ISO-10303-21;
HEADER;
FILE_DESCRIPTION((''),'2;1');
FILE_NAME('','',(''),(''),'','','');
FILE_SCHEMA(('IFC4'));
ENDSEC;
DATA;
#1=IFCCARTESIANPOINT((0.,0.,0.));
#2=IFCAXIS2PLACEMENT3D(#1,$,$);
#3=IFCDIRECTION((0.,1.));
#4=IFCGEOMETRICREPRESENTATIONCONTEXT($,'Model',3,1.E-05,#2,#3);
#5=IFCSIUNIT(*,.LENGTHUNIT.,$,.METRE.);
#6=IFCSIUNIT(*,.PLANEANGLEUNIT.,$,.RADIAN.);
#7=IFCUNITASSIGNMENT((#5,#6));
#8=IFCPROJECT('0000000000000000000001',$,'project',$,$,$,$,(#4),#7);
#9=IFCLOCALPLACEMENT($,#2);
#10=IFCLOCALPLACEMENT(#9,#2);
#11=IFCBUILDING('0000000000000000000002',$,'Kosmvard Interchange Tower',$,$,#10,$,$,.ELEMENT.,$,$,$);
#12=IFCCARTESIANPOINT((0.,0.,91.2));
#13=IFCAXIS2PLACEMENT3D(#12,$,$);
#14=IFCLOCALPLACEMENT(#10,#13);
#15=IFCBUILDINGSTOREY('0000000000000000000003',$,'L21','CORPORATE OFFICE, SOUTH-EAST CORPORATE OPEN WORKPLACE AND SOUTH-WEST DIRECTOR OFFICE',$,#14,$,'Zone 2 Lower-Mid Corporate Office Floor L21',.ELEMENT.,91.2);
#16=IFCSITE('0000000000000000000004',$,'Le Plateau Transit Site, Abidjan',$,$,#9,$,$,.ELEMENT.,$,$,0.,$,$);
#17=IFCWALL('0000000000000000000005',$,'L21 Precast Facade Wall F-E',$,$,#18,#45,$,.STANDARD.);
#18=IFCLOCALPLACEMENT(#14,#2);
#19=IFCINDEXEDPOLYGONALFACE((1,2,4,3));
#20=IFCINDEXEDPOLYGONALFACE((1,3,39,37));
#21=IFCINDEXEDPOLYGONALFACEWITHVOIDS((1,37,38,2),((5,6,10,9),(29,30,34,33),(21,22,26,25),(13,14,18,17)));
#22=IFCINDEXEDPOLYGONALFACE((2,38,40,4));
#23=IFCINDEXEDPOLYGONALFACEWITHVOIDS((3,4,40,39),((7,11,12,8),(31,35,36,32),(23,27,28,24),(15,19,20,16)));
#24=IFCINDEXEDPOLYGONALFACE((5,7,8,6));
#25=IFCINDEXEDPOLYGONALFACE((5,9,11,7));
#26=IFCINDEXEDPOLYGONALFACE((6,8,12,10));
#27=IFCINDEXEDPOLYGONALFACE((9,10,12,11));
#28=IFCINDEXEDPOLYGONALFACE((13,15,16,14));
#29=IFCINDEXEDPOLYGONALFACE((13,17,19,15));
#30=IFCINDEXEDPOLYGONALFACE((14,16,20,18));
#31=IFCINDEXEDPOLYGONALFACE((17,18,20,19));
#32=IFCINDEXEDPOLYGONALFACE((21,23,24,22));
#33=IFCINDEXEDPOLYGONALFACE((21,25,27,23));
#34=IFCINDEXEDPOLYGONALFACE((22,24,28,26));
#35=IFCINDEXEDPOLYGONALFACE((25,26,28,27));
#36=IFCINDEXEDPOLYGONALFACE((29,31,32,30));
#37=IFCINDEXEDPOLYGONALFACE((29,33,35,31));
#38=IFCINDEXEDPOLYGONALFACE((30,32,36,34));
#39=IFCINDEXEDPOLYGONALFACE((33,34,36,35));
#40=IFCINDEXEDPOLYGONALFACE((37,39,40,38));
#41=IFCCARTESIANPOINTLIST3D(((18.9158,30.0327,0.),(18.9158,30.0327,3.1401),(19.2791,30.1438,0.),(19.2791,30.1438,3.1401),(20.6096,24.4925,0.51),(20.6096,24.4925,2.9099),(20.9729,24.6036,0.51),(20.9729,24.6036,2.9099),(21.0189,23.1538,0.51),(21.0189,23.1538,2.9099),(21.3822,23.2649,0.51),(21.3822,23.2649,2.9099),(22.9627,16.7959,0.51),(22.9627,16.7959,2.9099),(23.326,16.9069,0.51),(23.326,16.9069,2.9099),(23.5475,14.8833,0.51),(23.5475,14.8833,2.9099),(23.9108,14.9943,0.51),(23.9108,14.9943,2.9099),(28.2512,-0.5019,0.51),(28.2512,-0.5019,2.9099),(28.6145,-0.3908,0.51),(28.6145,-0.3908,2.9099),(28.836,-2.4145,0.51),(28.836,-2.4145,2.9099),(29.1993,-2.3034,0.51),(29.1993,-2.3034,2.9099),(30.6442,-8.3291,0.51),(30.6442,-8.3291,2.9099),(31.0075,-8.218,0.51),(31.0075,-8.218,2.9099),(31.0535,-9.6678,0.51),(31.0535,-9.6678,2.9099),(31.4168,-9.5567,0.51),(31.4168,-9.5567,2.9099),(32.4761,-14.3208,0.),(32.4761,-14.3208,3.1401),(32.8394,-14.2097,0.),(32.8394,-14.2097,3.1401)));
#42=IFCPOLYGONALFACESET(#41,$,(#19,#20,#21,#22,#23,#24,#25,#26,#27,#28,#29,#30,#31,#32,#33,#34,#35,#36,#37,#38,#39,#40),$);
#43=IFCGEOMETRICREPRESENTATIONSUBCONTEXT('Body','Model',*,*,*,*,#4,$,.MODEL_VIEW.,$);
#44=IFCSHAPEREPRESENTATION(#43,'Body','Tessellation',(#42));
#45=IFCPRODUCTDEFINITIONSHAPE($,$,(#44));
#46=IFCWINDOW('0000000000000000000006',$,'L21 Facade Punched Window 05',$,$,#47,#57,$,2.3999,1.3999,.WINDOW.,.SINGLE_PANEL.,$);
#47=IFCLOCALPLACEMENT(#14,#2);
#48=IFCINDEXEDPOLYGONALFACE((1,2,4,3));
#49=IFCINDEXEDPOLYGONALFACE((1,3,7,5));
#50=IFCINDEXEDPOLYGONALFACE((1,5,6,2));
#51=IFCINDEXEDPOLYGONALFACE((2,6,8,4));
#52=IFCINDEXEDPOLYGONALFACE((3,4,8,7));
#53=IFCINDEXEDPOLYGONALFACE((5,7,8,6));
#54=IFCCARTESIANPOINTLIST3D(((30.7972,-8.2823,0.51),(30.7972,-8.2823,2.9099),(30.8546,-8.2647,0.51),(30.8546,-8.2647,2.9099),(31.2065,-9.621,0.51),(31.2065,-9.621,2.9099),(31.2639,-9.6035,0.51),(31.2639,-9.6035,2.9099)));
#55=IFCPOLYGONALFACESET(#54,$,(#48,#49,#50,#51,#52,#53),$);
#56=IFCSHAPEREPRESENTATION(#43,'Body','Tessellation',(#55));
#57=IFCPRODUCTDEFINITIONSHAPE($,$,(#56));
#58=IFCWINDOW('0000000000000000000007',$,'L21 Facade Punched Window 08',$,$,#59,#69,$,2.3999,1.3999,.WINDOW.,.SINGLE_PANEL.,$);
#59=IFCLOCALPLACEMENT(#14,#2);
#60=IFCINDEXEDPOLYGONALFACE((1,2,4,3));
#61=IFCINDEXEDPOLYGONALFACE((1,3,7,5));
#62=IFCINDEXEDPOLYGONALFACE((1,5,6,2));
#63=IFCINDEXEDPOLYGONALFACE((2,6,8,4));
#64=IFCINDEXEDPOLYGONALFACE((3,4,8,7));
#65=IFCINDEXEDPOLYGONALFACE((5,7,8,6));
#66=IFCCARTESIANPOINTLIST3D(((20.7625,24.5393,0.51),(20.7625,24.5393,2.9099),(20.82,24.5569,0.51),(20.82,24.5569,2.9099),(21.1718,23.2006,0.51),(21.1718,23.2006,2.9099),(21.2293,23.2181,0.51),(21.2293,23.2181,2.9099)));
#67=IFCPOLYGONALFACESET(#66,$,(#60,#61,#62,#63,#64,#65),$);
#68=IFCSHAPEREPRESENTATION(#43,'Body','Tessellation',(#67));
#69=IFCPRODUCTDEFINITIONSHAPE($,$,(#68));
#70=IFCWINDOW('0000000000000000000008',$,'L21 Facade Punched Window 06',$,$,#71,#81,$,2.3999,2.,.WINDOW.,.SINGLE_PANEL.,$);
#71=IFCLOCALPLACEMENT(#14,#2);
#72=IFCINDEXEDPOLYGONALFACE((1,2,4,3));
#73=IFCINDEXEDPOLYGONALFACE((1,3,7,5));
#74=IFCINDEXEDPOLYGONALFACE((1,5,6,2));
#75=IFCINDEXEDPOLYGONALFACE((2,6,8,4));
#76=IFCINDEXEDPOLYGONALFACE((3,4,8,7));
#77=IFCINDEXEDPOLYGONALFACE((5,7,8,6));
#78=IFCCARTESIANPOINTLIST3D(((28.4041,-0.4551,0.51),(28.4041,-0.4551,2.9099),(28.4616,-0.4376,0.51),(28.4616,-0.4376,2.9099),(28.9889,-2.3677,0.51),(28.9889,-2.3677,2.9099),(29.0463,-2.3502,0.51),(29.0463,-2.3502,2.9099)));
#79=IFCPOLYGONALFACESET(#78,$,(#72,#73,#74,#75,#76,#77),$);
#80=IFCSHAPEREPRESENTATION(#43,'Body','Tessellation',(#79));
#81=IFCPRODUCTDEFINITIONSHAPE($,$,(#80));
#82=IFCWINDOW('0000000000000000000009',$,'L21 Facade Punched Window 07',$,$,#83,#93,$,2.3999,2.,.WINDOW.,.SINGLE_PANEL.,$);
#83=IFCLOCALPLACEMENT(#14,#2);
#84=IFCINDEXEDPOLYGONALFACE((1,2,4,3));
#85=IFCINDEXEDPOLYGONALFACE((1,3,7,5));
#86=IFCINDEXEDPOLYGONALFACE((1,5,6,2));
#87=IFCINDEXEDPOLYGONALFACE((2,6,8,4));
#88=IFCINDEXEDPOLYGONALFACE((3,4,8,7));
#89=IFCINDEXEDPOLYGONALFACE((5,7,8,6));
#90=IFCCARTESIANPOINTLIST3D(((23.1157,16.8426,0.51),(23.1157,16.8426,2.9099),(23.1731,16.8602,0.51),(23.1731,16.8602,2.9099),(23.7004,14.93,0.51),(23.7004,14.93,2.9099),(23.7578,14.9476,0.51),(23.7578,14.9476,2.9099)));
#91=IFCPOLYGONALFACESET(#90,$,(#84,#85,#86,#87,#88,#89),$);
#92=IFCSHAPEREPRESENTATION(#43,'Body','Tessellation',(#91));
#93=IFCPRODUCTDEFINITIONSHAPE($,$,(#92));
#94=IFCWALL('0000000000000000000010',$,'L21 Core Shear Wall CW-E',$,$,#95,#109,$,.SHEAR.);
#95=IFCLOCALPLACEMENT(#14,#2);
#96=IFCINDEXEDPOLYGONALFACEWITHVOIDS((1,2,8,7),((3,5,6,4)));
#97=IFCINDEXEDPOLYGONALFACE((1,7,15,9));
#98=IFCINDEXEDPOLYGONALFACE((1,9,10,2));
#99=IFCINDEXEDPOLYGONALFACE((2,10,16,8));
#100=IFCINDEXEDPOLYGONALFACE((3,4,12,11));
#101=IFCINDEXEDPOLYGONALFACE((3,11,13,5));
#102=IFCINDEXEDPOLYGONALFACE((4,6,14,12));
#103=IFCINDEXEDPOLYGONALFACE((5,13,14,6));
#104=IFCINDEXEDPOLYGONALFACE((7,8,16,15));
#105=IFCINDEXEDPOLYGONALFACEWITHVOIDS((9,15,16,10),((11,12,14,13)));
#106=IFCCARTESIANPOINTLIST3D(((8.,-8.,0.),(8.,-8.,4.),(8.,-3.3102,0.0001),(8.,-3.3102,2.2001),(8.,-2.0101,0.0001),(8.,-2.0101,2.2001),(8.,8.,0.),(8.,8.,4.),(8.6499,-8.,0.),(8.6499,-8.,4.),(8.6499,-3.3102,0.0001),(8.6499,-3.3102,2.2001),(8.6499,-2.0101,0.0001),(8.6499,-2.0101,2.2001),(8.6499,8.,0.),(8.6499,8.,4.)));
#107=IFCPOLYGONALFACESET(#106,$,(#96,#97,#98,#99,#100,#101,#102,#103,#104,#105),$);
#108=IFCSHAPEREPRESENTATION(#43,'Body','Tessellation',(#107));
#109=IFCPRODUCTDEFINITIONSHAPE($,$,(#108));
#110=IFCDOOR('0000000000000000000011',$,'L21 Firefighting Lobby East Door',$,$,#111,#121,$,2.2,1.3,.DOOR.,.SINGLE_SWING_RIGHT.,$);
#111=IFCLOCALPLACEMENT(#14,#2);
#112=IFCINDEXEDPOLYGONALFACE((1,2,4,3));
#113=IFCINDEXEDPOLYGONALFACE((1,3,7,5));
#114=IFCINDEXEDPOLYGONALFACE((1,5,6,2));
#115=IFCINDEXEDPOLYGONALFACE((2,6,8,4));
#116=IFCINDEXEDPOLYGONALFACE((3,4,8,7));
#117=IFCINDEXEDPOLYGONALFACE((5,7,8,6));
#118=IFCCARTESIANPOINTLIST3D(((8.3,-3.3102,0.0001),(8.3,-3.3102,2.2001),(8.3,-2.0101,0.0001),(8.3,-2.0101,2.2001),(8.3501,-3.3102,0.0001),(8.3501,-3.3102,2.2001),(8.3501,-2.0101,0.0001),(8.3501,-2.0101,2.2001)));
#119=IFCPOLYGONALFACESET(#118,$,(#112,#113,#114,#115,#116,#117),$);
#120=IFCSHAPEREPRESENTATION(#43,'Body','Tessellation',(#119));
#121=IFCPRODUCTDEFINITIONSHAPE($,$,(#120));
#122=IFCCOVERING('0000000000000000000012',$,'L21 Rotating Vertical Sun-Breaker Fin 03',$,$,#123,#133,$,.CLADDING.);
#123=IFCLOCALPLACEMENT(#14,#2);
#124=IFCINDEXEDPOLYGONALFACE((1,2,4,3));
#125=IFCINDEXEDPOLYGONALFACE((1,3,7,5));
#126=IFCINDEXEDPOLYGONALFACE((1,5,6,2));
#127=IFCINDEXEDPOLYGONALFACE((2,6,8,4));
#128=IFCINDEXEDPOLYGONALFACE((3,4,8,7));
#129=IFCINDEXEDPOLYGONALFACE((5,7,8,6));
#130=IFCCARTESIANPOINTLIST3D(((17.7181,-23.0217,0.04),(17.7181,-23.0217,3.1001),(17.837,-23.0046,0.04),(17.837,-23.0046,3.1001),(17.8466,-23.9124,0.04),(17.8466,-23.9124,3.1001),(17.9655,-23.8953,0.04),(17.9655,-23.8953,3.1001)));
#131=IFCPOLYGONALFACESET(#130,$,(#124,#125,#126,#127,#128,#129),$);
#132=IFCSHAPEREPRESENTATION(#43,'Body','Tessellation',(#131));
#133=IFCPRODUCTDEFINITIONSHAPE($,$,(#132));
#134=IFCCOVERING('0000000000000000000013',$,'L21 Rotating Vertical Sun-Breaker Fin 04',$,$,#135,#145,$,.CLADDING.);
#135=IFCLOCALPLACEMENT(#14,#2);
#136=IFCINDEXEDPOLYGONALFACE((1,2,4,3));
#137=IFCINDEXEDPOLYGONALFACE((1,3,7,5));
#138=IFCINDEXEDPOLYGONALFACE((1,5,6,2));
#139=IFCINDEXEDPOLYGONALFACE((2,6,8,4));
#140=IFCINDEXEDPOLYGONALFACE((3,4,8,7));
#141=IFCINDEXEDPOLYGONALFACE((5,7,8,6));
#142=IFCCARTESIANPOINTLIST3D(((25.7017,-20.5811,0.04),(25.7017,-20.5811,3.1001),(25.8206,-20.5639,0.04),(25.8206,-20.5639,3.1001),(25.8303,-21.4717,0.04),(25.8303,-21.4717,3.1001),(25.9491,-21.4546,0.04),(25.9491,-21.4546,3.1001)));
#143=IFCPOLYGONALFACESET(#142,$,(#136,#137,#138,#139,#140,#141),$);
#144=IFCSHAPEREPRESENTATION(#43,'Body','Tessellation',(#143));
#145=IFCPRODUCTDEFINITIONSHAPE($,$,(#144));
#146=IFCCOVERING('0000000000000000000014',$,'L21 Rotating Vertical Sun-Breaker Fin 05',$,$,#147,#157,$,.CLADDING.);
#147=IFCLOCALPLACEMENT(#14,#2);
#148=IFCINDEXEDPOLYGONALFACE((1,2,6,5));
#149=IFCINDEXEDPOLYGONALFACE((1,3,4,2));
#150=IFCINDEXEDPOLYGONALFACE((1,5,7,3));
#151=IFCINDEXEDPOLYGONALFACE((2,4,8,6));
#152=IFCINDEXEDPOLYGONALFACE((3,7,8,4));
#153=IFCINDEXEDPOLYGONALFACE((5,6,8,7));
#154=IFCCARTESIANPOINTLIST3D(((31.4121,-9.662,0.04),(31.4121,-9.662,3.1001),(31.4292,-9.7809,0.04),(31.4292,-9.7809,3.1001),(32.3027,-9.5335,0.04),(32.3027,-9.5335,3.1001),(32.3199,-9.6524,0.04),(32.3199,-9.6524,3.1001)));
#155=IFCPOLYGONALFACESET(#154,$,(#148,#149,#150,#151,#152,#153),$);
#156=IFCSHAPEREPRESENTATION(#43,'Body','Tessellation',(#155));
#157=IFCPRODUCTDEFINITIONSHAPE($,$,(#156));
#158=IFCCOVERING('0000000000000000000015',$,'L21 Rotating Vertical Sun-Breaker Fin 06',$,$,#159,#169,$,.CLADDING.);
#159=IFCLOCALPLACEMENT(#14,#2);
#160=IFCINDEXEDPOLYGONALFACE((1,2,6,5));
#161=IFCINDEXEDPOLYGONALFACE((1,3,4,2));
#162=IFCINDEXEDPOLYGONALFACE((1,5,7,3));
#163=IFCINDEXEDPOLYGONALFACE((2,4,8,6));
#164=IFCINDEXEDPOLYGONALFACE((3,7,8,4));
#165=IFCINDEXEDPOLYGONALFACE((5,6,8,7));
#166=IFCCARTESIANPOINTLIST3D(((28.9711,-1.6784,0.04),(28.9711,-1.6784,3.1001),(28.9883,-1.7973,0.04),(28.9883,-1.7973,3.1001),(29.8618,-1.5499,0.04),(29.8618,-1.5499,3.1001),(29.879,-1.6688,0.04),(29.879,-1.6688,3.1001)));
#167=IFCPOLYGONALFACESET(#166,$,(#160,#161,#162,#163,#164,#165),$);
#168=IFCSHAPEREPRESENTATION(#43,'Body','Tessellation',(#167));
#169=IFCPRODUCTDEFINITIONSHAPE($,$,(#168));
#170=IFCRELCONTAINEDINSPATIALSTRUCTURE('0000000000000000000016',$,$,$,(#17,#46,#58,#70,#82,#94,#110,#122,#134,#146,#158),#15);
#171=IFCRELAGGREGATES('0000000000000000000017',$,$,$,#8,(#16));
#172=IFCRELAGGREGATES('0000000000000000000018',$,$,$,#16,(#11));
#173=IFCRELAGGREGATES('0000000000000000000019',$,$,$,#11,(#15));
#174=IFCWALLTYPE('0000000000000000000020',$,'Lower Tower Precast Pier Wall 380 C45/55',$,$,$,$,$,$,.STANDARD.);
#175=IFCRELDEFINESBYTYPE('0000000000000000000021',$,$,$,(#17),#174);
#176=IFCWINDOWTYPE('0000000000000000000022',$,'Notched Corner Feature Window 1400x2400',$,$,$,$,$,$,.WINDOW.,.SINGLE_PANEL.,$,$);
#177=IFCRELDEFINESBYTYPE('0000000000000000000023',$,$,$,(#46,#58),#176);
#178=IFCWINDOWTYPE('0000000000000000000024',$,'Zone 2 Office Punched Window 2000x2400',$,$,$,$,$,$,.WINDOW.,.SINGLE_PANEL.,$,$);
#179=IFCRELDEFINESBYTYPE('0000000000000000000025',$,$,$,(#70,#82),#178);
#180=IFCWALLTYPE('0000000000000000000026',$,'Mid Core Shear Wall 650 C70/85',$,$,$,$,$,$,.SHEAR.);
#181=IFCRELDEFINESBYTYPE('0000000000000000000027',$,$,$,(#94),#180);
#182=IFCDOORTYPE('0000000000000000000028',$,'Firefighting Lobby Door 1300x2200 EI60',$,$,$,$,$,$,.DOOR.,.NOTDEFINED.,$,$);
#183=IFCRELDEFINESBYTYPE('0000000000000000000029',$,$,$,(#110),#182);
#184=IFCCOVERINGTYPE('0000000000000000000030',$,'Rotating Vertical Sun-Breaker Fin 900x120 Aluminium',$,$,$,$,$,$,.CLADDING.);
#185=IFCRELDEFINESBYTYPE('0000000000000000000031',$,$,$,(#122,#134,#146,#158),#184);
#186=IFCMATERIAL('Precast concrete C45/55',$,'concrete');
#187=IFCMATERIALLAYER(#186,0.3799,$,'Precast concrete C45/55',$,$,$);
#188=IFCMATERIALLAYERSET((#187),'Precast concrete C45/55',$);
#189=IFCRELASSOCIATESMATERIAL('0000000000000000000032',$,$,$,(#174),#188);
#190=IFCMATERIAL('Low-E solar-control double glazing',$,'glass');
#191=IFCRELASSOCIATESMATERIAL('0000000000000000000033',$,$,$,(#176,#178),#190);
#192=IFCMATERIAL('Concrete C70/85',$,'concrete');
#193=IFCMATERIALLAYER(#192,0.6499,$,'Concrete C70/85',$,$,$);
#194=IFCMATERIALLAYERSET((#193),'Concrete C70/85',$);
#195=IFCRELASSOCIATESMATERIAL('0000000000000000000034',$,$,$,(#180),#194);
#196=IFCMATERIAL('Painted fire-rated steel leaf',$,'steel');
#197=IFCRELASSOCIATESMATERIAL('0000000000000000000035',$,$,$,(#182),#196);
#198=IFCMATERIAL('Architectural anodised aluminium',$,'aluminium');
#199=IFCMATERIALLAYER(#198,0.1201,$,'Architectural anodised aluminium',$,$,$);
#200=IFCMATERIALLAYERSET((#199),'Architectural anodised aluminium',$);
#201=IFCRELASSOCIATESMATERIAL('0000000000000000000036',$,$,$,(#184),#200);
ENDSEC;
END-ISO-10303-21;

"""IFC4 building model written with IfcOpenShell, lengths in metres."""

from ifc_helpers import new_model, si_unit, direction, frame, frame_2d, origin, origin_2d, place, context, subcontext, project, spatial, rectangle, extrude, source, transform, mapped, material, layer, layer_set, type_object, element, fill, save


model = new_model("IFC4")

# Units and contexts
model_context = context("Model", 3, precision=1e-05, world=origin(), true_north=direction((0.0, 1.0)))
body_context = subcontext(model_context, "Body", "Model", "MODEL_VIEW")
ifc_project = project(units=[si_unit("LENGTHUNIT", "METRE"), si_unit("PLANEANGLEUNIT", "RADIAN")], contexts=[model_context])

# Site, building, storey
site_placement = place(None, origin())
site = spatial("IfcSite", under=ifc_project, at=site_placement, Name="Le Plateau Transit Site, Abidjan", CompositionType="ELEMENT", RefElevation=0.0)
building_placement = place(site_placement, origin())
building = spatial("IfcBuilding", under=site, at=building_placement, Name="Kosmvard Interchange Tower", CompositionType="ELEMENT")
storey_placement = place(building_placement, frame((0.0, 0.0, 91.2)))
storey = spatial("IfcBuildingStorey", under=building, at=storey_placement, Name="L21", Description="CORPORATE OFFICE, SOUTH-EAST CORPORATE OPEN WORKPLACE AND SOUTH-WEST DIRECTOR OFFICE", LongName="Zone 2 Lower-Mid Corporate Office Floor L21", CompositionType="ELEMENT", Elevation=91.2)

# Shared definitions
ifc_material_1 = material(Name="Concrete C70/85", Category="concrete")

# Shared definitions
ifc_material_2 = material(Name="Precast concrete C45/55", Category="concrete")

# Shared definitions
ifc_layer_1 = layer(ifc_material_2, 0.3799, Name="Precast concrete C45/55")
ifc_layer_set_1 = layer_set([ifc_layer_1], Name="Precast concrete C45/55")
wall_type_1 = type_object("IfcWallType", Name="Lower Tower Precast Pier Wall 380 C45/55", PredefinedType="STANDARD", material=ifc_layer_set_1)

# Shared definitions
ifc_material_3 = material(Name="Low-E solar-control double glazing", Category="glass")
window_type_1 = type_object("IfcWindowType", Name="Notched Corner Feature Window 1400x2400", PartitioningType="SINGLE_PANEL", PredefinedType="WINDOW", material=ifc_material_3)
shared_shape_1 = source(origin(), body_context, "Body", "SweptSolid", [
    extrude(rectangle(XDim=1.3999, YDim=2.3999, at=frame_2d((0.7, 1.2))), frame((0.0, 0.03, 0.0), z_axis=(0.0, -1.0, 0.0), x_axis=(1.0, 0.0, 0.0)), (0.0, 0.0, 1.0), 0.0601),
])

# Wall, openings, windows
wall_1_placement = place(storey_placement, frame((32.6577, -14.2651, 0.0), z_axis=(0.0, 0.0, 1.0), x_axis=(-0.292373, 0.956304, 0.0)))
wall_1 = element("IfcWall", 1, at=wall_1_placement, inside=storey, type_object=wall_type_1, Name="L21 Precast Facade Wall F-E", PredefinedType="STANDARD", context=body_context, shape_type="SweptSolid", body=[
    extrude(rectangle(XDim=46.3801, YDim=0.3799, at=frame_2d((23.1899, 0.0))), origin(), (0.0, 0.0, 1.0), 3.1401),
])
opening_1_placement = place(wall_1_placement, frame((4.8655, 0.0, 0.51)))
opening_1 = element("IfcOpeningElement", 2, at=opening_1_placement, cuts=wall_1, PredefinedType="OPENING", context=body_context, shape_type="SweptSolid", body=[
    extrude(rectangle(XDim=1.3999, YDim=2.3999, at=frame_2d((0.7, 1.2))), frame((0.0, 0.2, 0.0), z_axis=(0.0, -1.0, 0.0), x_axis=(1.0, 0.0, 0.0)), (0.0, 0.0, 1.0), 0.3999),
])
opening_2_placement = place(wall_1_placement, frame((12.4502, 0.0, 0.51)))
opening_2 = element("IfcOpeningElement", 3, at=opening_2_placement, cuts=wall_1, PredefinedType="OPENING", context=body_context, shape_type="SweptSolid", body=[
    extrude(rectangle(XDim=2.0, YDim=2.3999, at=frame_2d((1.0, 1.2))), frame((0.0, 0.2, 0.0), z_axis=(0.0, -1.0, 0.0), x_axis=(1.0, 0.0, 0.0)), (0.0, 0.0, 1.0), 0.3999),
])
opening_3_placement = place(wall_1_placement, frame((30.5383, 0.0, 0.51)))
opening_3 = element("IfcOpeningElement", 4, at=opening_3_placement, cuts=wall_1, PredefinedType="OPENING", context=body_context, shape_type="SweptSolid", body=[
    extrude(rectangle(XDim=2.0, YDim=2.3999, at=frame_2d((1.0, 1.2))), frame((0.0, 0.2, 0.0), z_axis=(0.0, -1.0, 0.0), x_axis=(1.0, 0.0, 0.0)), (0.0, 0.0, 1.0), 0.3999),
])
opening_4_placement = place(wall_1_placement, frame((39.1868, 0.0, 0.51)))
opening_4 = element("IfcOpeningElement", 5, at=opening_4_placement, cuts=wall_1, PredefinedType="OPENING", context=body_context, shape_type="SweptSolid", body=[
    extrude(rectangle(XDim=1.3999, YDim=2.3999, at=frame_2d((0.7, 1.2))), frame((0.0, 0.2, 0.0), z_axis=(0.0, -1.0, 0.0), x_axis=(1.0, 0.0, 0.0)), (0.0, 0.0, 1.0), 0.3999),
])
window_1_placement = place(opening_1_placement, origin())
window_1 = element("IfcWindow", 6, at=window_1_placement, inside=storey, type_object=window_type_1, Name="L21 Facade Punched Window 05", OverallHeight=2.3999, OverallWidth=1.3999, PartitioningType="SINGLE_PANEL", PredefinedType="WINDOW", context=body_context, shape_type="MappedRepresentation", body=[
    mapped(shared_shape_1, transform((0.0, 0.0, 0.0), scale=1.0)),
])
fill(opening_1, window_1)
window_2_placement = place(opening_4_placement, origin())
window_2 = element("IfcWindow", 7, at=window_2_placement, inside=storey, type_object=window_type_1, Name="L21 Facade Punched Window 08", OverallHeight=2.3999, OverallWidth=1.3999, PartitioningType="SINGLE_PANEL", PredefinedType="WINDOW", context=body_context, shape_type="MappedRepresentation", body=[
    mapped(shared_shape_1, transform((0.0, 0.0, 0.0), scale=1.0)),
])
fill(opening_4, window_2)
window_type_2 = type_object("IfcWindowType", Name="Zone 2 Office Punched Window 2000x2400", PartitioningType="SINGLE_PANEL", PredefinedType="WINDOW", material=ifc_material_3)
shared_shape_2 = source(origin(), body_context, "Body", "SweptSolid", [
    extrude(rectangle(XDim=2.0, YDim=2.3999, at=frame_2d((1.0, 1.2))), frame((0.0, 0.03, 0.0), z_axis=(0.0, -1.0, 0.0), x_axis=(1.0, 0.0, 0.0)), (0.0, 0.0, 1.0), 0.0601),
])
window_3_placement = place(opening_2_placement, origin())
window_3 = element("IfcWindow", 8, at=window_3_placement, inside=storey, type_object=window_type_2, Name="L21 Facade Punched Window 06", OverallHeight=2.3999, OverallWidth=2.0, PartitioningType="SINGLE_PANEL", PredefinedType="WINDOW", context=body_context, shape_type="MappedRepresentation", body=[
    mapped(shared_shape_2, transform((0.0, 0.0, 0.0), scale=1.0)),
])
fill(opening_2, window_3)
window_4_placement = place(opening_3_placement, origin())
window_4 = element("IfcWindow", 9, at=window_4_placement, inside=storey, type_object=window_type_2, Name="L21 Facade Punched Window 07", OverallHeight=2.3999, OverallWidth=2.0, PartitioningType="SINGLE_PANEL", PredefinedType="WINDOW", context=body_context, shape_type="MappedRepresentation", body=[
    mapped(shared_shape_2, transform((0.0, 0.0, 0.0), scale=1.0)),
])
fill(opening_3, window_4)

# Wall, opening, door
ifc_layer_2 = layer(ifc_material_1, 0.6499, Name="Concrete C70/85")
ifc_layer_set_2 = layer_set([ifc_layer_2], Name="Concrete C70/85")
wall_type_2 = type_object("IfcWallType", Name="Mid Core Shear Wall 650 C70/85", PredefinedType="SHEAR", material=ifc_layer_set_2)
wall_2_placement = place(storey_placement, frame((8.325, -8.0, 0.0), z_axis=(0.0, 0.0, 1.0), x_axis=(0.0, 1.0, 0.0)))
wall_2 = element("IfcWall", 10, at=wall_2_placement, inside=storey, type_object=wall_type_2, Name="L21 Core Shear Wall CW-E", PredefinedType="SHEAR", context=body_context, shape_type="SweptSolid", body=[
    extrude(rectangle(XDim=16.0, YDim=0.6499, at=frame_2d((8.0, 0.0))), origin(), (0.0, 0.0, 1.0), 4.0),
])
opening_5_placement = place(wall_2_placement, frame((4.6899, 0.0, 0.0)))
opening_5 = element("IfcOpeningElement", 11, at=opening_5_placement, cuts=wall_2, PredefinedType="OPENING", context=body_context, shape_type="SweptSolid", body=[
    extrude(rectangle(XDim=1.3, YDim=2.2, at=frame_2d((0.6499, 1.1001))), frame((0.0, 0.335, 0.0), z_axis=(0.0, -1.0, 0.0), x_axis=(1.0, 0.0, 0.0)), (0.0, 0.0, 1.0), 0.6699),
])
ifc_material_4 = material(Name="Painted fire-rated steel leaf", Category="steel")
door_type = type_object("IfcDoorType", Name="Firefighting Lobby Door 1300x2200 EI60", OperationType="NOTDEFINED", PredefinedType="DOOR", material=ifc_material_4)
shared_shape_3 = source(origin(), body_context, "Body", "SweptSolid", [
    extrude(rectangle(XDim=1.3, YDim=2.2, at=frame_2d((0.6499, 1.1001))), frame((0.0, 0.0249, 0.0), z_axis=(0.0, -1.0, 0.0), x_axis=(1.0, 0.0, 0.0)), (0.0, 0.0, 1.0), 0.05),
])
door_placement = place(opening_5_placement, origin())
door = element("IfcDoor", 12, at=door_placement, inside=storey, type_object=door_type, Name="L21 Firefighting Lobby East Door", OperationType="SINGLE_SWING_RIGHT", OverallHeight=2.2, OverallWidth=1.3, PredefinedType="DOOR", context=body_context, shape_type="MappedRepresentation", body=[
    mapped(shared_shape_3, transform((0.0, 0.0, 0.0), scale=1.0)),
])
fill(opening_5, door)

# Coverings
ifc_material_5 = material(Name="Architectural anodised aluminium", Category="aluminium")
ifc_layer_3 = layer(ifc_material_5, 0.1201, Name="Architectural anodised aluminium")
ifc_layer_set_3 = layer_set([ifc_layer_3], Name="Architectural anodised aluminium")
covering_type = type_object("IfcCoveringType", Name="Rotating Vertical Sun-Breaker Fin 900x120 Aluminium", PredefinedType="CLADDING", material=ifc_layer_set_3)
shared_shape_4 = source(origin(), body_context, "Body", "SweptSolid", [
    extrude(rectangle(XDim=0.8999, YDim=0.1201, at=origin_2d()), origin(), (0.0, 0.0, 1.0), 3.0601),
])
for number, where, z_axis, x_axis, name in (
    (13, (17.8418, -23.4585, 0.04), (0.0, 0.0, 1.0), (0.142802, -0.989751, 0.0), "L21 Rotating Vertical Sun-Breaker Fin 03"),
    (14, (25.8254, -21.0178, 0.04), (0.0, 0.0, 1.0), (0.142802, -0.989751, 0.0), "L21 Rotating Vertical Sun-Breaker Fin 04"),
    (15, (31.866, -9.6572, 0.04), (0.0, 0.0, 1.0), (0.989751, 0.142802, 0.0), "L21 Rotating Vertical Sun-Breaker Fin 05"),
    (16, (29.425, -1.6736, 0.04), (0.0, 0.0, 1.0), (0.989751, 0.142802, 0.0), "L21 Rotating Vertical Sun-Breaker Fin 06"),
):
    element("IfcCovering", number, at=place(storey_placement, frame(where, z_axis=z_axis, x_axis=x_axis)), inside=storey, type_object=covering_type, Name=name, PredefinedType="CLADDING", context=body_context, shape_type="MappedRepresentation", body=[
        mapped(shared_shape_4, transform((0.0, 0.0, 0.0), scale=1.0)),
    ])

save(model, "model.ifc")
